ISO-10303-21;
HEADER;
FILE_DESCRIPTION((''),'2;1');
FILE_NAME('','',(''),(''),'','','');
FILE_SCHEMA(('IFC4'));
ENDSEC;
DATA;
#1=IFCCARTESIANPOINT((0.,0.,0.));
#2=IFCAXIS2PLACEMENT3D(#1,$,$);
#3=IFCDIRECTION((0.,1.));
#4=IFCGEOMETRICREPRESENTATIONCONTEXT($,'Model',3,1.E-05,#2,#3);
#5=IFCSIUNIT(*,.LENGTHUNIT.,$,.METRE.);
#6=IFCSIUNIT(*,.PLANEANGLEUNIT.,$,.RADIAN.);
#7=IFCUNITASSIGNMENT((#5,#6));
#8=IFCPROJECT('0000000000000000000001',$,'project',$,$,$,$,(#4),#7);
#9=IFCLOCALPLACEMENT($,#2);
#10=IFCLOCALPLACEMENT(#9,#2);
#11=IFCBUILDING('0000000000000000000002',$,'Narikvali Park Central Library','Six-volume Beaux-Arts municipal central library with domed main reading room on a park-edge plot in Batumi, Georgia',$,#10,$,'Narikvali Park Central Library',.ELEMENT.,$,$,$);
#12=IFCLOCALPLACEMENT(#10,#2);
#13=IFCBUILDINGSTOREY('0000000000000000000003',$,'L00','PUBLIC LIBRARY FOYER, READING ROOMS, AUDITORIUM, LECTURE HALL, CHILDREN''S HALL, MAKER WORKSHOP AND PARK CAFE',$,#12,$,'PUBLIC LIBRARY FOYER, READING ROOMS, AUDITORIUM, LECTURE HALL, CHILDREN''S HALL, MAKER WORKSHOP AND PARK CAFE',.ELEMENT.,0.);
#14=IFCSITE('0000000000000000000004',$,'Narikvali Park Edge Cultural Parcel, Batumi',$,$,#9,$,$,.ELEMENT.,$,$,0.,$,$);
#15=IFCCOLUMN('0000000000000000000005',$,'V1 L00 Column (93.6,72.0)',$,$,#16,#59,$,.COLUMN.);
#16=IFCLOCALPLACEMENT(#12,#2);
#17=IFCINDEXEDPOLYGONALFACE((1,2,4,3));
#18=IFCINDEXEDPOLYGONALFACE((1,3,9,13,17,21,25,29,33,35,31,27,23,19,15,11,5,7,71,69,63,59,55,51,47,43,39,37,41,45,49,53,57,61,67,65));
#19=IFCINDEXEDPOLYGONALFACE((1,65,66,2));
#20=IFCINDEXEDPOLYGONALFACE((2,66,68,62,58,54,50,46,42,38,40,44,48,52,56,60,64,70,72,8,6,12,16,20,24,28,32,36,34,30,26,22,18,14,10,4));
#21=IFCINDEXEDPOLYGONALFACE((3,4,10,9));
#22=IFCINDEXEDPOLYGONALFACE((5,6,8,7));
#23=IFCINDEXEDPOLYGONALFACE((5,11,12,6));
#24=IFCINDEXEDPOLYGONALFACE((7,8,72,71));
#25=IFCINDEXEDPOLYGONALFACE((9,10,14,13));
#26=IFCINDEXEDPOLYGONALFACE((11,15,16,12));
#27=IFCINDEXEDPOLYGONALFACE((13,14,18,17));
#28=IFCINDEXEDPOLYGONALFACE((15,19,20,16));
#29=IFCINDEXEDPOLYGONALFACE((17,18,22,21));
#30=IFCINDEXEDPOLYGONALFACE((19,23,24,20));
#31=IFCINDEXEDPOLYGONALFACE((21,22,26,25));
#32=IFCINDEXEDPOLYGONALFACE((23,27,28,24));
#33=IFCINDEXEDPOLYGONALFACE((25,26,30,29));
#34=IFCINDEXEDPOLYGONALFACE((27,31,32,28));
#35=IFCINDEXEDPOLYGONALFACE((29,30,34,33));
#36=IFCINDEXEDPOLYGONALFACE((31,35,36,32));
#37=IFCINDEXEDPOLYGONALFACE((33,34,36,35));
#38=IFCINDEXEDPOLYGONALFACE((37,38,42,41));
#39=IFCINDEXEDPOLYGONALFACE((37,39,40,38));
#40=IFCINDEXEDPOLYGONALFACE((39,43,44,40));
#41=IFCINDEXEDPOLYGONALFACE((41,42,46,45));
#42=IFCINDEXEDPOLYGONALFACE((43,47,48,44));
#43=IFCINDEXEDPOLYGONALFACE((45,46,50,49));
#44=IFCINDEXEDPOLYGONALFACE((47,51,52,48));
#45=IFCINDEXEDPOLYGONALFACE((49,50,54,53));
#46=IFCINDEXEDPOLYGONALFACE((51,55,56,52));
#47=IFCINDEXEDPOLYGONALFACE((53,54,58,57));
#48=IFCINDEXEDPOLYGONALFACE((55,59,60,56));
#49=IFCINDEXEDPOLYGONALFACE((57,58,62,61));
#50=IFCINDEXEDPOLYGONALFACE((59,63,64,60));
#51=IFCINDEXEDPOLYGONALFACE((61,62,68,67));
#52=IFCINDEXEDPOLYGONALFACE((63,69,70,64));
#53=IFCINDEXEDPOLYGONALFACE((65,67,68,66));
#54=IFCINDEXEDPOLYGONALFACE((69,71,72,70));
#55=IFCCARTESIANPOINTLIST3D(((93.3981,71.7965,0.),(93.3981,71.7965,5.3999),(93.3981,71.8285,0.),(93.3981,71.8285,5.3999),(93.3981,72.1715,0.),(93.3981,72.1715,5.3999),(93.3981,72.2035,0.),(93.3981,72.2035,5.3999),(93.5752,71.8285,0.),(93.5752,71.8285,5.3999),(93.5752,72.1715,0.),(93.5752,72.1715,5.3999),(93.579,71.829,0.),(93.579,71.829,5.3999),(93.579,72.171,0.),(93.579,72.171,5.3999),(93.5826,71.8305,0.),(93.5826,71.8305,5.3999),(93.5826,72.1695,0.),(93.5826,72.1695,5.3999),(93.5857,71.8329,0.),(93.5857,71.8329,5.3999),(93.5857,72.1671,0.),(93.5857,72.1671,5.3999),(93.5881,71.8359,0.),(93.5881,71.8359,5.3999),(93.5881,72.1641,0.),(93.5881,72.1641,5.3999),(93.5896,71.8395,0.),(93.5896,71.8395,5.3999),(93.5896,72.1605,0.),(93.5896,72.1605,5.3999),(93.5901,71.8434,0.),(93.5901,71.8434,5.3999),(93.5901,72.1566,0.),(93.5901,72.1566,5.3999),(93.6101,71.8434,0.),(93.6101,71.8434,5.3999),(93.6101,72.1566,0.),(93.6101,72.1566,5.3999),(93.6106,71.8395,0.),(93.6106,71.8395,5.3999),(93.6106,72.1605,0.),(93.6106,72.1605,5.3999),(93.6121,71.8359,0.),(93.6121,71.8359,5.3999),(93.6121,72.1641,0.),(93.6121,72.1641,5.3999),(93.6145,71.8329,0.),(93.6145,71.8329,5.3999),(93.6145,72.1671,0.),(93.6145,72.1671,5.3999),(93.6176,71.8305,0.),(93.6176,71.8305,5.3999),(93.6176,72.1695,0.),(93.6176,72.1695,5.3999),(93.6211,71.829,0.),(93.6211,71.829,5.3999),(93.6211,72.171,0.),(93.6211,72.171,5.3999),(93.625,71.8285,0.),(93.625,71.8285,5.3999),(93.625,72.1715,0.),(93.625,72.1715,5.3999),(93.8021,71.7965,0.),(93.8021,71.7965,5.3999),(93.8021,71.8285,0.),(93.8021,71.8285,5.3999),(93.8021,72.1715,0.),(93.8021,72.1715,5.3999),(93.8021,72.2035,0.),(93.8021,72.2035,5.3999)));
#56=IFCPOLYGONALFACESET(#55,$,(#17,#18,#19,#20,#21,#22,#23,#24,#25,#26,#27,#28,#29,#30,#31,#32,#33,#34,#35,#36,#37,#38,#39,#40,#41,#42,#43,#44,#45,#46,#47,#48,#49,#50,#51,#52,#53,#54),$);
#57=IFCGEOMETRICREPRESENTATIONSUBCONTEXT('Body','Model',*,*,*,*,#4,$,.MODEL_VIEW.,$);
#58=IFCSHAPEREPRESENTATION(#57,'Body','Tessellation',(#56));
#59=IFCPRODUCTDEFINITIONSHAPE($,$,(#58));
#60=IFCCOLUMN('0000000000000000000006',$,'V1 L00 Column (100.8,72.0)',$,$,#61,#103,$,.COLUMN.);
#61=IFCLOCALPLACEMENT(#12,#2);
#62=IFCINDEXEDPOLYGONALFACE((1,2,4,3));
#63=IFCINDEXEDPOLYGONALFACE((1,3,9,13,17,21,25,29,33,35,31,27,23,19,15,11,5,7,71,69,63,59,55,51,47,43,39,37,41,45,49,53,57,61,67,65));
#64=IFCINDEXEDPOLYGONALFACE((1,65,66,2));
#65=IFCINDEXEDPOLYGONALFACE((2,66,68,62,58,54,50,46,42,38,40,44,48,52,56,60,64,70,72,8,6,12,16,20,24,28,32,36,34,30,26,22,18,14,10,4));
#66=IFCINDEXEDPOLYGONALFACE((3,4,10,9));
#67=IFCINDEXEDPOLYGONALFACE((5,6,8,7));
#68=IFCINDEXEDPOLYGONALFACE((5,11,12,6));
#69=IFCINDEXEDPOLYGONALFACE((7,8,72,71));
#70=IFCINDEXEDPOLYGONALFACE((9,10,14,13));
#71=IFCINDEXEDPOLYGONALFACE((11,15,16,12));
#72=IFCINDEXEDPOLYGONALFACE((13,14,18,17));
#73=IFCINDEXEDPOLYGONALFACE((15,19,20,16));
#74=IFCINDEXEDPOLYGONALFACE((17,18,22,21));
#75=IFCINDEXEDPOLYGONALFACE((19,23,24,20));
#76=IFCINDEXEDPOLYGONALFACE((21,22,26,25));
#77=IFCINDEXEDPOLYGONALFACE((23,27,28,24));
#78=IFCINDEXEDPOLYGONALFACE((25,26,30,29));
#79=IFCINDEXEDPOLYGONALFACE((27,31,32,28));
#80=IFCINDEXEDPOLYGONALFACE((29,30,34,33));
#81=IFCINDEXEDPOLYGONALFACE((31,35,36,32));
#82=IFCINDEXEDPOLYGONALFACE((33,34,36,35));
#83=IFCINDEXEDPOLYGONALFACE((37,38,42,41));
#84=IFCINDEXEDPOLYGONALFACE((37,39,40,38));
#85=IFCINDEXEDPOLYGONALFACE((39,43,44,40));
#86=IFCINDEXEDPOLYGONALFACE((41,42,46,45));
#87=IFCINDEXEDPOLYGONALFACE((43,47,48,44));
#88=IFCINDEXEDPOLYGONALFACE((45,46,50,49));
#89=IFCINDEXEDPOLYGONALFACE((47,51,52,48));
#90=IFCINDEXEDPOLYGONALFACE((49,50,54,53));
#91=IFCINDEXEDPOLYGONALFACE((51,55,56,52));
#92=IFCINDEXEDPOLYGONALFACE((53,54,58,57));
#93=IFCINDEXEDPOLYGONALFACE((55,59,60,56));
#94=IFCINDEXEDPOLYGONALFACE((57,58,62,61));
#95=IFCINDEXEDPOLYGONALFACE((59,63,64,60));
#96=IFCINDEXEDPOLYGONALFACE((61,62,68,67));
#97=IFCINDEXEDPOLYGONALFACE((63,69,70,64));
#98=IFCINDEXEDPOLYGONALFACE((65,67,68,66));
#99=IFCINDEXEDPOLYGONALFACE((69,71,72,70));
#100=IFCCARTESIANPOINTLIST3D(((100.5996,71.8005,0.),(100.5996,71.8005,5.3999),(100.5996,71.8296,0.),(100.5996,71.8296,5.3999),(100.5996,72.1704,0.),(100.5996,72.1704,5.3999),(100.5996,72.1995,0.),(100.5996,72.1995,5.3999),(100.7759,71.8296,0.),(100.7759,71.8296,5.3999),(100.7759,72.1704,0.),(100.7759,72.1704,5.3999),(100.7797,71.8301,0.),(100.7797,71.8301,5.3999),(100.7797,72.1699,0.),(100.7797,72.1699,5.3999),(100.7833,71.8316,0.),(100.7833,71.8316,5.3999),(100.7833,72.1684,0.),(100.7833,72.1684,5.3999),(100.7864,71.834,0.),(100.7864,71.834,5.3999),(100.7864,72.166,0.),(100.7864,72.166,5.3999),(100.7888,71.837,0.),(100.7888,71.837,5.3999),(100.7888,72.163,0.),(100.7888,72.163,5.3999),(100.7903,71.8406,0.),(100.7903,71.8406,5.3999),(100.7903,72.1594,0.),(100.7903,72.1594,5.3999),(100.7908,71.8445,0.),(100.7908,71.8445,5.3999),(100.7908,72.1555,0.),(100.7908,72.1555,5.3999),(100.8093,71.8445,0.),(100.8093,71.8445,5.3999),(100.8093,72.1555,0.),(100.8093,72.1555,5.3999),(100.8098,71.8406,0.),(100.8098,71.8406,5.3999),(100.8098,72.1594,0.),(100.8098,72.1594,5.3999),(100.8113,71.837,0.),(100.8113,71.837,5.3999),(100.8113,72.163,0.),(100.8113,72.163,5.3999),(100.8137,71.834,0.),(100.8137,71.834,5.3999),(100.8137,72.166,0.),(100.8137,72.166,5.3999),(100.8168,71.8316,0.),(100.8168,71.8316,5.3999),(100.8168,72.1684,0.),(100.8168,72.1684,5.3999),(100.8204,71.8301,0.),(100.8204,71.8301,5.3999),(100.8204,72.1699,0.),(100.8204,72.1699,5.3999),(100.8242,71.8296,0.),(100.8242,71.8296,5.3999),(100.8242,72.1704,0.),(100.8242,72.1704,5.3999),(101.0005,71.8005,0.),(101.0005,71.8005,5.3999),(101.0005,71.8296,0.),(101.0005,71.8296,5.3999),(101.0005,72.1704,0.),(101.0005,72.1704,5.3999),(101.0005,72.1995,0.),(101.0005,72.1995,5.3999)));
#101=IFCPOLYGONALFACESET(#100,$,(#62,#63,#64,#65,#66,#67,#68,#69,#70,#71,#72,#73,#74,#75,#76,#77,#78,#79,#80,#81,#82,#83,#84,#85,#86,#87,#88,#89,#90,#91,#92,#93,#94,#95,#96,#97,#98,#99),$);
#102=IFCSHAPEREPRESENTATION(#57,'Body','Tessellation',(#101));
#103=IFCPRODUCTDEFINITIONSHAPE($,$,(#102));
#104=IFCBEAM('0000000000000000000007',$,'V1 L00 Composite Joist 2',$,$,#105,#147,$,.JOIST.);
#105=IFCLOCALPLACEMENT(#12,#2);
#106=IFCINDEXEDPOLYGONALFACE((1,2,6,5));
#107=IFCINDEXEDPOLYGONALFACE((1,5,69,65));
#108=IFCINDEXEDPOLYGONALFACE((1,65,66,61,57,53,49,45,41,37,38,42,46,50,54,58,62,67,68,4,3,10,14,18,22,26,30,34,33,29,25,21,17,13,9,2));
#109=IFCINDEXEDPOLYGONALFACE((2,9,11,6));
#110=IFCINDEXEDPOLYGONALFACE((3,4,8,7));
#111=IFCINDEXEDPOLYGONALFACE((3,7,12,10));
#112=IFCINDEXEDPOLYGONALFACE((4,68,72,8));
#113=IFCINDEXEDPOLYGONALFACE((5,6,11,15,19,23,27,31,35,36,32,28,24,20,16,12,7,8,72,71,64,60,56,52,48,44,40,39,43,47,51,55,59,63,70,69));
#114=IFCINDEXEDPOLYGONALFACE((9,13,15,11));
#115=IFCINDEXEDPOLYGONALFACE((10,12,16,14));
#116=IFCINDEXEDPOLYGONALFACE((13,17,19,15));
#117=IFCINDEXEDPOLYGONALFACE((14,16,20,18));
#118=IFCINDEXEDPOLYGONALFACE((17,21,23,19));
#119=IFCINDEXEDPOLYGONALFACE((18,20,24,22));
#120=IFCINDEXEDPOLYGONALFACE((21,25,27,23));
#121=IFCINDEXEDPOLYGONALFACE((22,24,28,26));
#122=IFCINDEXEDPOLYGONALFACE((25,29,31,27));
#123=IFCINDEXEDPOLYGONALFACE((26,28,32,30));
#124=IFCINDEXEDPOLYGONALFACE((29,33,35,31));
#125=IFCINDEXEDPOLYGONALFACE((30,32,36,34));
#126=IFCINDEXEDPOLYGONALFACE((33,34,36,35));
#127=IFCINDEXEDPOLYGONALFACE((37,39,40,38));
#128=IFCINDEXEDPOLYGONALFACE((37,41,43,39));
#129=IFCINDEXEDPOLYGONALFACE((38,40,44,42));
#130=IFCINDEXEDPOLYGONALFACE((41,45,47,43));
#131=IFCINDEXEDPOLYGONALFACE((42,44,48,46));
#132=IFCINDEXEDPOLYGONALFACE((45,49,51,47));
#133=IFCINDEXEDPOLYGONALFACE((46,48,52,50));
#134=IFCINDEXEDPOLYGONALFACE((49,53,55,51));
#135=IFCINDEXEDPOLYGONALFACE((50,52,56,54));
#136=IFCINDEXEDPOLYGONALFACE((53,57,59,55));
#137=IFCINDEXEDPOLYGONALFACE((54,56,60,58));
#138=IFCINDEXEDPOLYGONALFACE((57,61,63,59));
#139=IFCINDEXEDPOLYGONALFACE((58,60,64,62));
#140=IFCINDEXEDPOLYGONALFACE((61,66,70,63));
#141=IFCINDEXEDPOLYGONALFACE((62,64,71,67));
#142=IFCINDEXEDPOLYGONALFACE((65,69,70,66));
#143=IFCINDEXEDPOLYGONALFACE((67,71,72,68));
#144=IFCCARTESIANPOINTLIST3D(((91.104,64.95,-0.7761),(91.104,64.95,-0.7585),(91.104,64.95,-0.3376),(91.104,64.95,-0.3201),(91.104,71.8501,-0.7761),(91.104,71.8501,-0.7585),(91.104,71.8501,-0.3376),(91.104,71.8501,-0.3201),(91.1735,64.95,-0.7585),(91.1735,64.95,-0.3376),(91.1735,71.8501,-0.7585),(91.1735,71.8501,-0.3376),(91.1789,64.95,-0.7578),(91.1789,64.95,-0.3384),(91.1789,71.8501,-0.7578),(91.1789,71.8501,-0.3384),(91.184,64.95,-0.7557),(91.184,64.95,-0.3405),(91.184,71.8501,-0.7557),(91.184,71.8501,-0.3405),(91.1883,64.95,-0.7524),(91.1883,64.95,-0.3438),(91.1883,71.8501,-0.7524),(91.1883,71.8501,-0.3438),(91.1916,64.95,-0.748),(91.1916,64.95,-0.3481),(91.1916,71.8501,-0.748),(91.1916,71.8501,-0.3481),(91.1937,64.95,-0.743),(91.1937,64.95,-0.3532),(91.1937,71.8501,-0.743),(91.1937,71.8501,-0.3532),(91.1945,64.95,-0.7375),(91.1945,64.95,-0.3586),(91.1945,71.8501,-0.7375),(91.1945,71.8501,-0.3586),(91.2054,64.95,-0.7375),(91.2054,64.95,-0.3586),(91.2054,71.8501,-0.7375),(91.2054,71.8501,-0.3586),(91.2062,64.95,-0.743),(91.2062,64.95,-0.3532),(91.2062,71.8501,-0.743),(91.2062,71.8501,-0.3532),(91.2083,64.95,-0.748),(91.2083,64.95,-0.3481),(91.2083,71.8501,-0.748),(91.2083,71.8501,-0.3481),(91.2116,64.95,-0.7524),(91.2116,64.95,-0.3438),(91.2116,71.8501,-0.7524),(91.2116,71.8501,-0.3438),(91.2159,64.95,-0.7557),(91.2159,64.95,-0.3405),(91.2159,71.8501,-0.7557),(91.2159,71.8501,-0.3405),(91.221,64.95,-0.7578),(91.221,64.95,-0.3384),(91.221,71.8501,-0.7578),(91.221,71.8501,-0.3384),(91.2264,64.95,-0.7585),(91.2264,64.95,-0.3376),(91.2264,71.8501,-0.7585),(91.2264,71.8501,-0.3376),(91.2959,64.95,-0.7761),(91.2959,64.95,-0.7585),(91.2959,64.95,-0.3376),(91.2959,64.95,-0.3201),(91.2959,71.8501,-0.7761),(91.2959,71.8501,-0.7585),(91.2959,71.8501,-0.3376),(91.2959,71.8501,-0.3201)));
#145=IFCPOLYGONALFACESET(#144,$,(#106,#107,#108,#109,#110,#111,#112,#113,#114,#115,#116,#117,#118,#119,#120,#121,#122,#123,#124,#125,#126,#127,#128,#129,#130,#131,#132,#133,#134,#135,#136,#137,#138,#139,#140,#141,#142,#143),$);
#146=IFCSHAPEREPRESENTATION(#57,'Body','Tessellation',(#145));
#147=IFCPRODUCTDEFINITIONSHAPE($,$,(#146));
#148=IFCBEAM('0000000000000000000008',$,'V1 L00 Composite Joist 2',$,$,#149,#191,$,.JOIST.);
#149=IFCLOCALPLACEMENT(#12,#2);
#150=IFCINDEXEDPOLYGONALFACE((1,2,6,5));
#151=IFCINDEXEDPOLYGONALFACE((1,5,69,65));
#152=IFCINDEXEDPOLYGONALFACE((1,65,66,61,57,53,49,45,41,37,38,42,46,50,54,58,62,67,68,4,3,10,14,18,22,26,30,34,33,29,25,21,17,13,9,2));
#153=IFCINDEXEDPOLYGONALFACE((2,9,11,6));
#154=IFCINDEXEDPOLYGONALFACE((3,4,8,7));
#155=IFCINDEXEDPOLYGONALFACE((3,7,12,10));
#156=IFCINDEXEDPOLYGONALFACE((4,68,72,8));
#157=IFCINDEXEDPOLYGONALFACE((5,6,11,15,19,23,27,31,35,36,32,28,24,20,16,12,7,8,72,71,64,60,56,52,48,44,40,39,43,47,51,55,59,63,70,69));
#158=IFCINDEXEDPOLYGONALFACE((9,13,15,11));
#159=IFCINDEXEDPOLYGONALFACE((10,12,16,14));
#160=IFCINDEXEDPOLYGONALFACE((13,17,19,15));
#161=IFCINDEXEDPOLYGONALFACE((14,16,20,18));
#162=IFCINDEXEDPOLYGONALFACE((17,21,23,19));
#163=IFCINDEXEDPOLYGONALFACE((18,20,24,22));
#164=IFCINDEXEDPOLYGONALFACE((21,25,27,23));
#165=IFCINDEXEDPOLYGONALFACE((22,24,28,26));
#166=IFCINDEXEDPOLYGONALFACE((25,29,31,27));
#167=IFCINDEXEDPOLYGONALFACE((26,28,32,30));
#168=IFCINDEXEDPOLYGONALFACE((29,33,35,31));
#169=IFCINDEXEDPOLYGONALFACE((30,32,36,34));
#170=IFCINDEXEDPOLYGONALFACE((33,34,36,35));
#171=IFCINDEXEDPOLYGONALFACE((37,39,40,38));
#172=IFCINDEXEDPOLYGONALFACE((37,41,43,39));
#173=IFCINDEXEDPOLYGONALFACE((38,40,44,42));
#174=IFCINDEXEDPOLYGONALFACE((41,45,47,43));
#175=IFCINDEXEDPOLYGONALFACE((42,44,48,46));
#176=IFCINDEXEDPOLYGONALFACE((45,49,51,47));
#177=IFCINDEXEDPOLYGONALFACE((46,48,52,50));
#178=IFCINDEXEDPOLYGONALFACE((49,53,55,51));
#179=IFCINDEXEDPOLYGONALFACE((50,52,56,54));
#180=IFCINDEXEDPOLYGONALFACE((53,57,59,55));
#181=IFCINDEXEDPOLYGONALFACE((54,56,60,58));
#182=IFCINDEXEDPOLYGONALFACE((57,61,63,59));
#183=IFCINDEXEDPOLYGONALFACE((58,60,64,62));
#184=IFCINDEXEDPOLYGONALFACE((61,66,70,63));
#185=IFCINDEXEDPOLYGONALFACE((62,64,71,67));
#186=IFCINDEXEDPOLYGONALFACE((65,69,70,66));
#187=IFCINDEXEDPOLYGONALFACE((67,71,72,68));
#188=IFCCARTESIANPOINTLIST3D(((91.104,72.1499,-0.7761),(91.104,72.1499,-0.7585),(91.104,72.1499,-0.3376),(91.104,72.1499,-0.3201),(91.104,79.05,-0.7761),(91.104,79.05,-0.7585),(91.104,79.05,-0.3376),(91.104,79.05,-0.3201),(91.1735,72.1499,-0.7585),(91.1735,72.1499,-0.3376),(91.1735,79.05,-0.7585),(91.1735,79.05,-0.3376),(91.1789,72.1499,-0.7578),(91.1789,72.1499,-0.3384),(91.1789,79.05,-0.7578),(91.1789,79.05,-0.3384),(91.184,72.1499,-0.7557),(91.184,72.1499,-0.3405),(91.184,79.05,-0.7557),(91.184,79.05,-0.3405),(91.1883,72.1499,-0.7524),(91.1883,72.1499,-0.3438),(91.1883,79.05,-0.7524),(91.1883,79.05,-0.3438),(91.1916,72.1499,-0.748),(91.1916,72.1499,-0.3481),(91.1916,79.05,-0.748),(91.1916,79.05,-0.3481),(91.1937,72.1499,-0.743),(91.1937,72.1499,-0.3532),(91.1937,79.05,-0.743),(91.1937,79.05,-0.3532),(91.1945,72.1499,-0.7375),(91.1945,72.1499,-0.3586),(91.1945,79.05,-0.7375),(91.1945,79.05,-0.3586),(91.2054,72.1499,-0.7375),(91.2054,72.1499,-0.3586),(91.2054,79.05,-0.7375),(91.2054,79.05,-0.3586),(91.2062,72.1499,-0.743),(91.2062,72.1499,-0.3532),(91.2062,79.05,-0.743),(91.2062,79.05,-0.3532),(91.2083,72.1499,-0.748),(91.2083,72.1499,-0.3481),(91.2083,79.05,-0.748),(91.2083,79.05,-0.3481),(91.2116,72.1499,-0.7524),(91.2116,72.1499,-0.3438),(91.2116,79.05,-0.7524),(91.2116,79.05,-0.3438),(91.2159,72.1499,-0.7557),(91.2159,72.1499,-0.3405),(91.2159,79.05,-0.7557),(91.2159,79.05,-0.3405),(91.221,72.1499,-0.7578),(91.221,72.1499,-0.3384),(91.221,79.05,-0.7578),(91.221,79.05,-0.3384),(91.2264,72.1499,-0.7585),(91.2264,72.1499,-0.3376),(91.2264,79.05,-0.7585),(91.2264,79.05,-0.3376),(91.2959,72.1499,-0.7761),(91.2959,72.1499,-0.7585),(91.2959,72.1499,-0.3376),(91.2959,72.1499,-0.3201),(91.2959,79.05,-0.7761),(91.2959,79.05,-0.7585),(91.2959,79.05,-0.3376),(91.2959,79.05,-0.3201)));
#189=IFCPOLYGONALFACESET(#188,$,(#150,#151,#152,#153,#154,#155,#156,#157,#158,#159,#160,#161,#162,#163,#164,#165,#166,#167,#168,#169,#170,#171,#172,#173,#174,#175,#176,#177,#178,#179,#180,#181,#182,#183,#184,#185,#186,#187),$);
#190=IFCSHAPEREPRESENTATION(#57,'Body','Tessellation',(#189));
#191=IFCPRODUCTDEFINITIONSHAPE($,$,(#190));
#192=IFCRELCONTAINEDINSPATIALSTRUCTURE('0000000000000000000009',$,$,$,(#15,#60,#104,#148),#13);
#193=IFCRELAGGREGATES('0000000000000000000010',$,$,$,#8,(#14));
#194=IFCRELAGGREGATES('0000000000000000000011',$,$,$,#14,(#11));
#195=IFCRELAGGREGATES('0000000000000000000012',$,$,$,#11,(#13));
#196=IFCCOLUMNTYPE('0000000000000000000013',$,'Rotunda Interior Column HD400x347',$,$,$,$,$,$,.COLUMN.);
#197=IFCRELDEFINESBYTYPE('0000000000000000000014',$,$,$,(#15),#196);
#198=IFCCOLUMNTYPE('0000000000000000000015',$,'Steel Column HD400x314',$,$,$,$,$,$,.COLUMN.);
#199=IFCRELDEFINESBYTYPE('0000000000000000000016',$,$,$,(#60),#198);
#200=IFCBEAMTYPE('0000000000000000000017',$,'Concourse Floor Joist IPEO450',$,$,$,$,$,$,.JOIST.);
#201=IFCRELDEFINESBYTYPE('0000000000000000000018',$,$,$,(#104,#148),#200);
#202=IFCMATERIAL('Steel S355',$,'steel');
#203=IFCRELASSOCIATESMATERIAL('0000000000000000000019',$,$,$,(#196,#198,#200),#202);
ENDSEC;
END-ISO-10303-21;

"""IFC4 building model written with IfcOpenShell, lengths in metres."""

from ifc_helpers import new_model, si_unit, direction, frame, origin, origin_2d, place, context, subcontext, project, spatial, i_section, extrude, material, material_profile, profile_set, type_object, element, save


model = new_model("IFC4")

# Units and contexts
model_context = context("Model", 3, precision=1e-05, world=origin(), true_north=direction((0.0, 1.0)))
body_context = subcontext(model_context, "Body", "Model", "MODEL_VIEW")
ifc_project = project(units=[si_unit("LENGTHUNIT", "METRE"), si_unit("PLANEANGLEUNIT", "RADIAN")], contexts=[model_context])

# Site, building, storey
site_placement = place(None, origin())
site = spatial("IfcSite", under=ifc_project, at=site_placement, Name="Narikvali Park Edge Cultural Parcel, Batumi", CompositionType="ELEMENT", RefElevation=0.0)
building_placement = place(site_placement, origin())
building = spatial("IfcBuilding", under=site, at=building_placement, Name="Narikvali Park Central Library", Description="Six-volume Beaux-Arts municipal central library with domed main reading room on a park-edge plot in Batumi, Georgia", LongName="Narikvali Park Central Library", CompositionType="ELEMENT")
storey_placement = place(building_placement, origin())
storey = spatial("IfcBuildingStorey", under=building, at=storey_placement, Name="L00", Description="PUBLIC LIBRARY FOYER, READING ROOMS, AUDITORIUM, LECTURE HALL, CHILDREN'S HALL, MAKER WORKSHOP AND PARK CAFE", LongName="PUBLIC LIBRARY FOYER, READING ROOMS, AUDITORIUM, LECTURE HALL, CHILDREN'S HALL, MAKER WORKSHOP AND PARK CAFE", CompositionType="ELEMENT", Elevation=0.0)

# Columns
ifc_material_1 = material(Name="Steel S355", Category="steel")
ifc_material_profile_1 = material_profile(ifc_material_1, i_section(OverallWidth=0.4041, OverallDepth=0.407, WebThickness=0.02, FlangeThickness=0.032, FilletRadius=0.0149, at=origin_2d()), Name="HD 400x347")
ifc_profile_set_1 = profile_set([ifc_material_profile_1], Name="Steel S355")
column_type_1 = type_object("IfcColumnType", Name="Rotunda Interior Column HD400x347", PredefinedType="COLUMN", material=ifc_profile_set_1)
column_1_placement = place(storey_placement, frame((93.6001, 72.0, 0.0), z_axis=(0.0, 0.0, 1.0), x_axis=(1.0, 0.0, 0.0)))
element("IfcColumn", 1, at=column_1_placement, inside=storey, type_object=column_type_1, Name="V1 L00 Column (93.6,72.0)", PredefinedType="COLUMN", context=body_context, shape_type="SweptSolid", body=[
    extrude(i_section(OverallWidth=0.4041, OverallDepth=0.407, WebThickness=0.02, FlangeThickness=0.032, FilletRadius=0.0149, at=origin_2d()), origin(), (0.0, 0.0, 1.0), 5.3999),
])
ifc_material_profile_2 = material_profile(ifc_material_1, i_section(OverallWidth=0.4009, OverallDepth=0.3989, WebThickness=0.0186, FlangeThickness=0.0291, FilletRadius=0.0149, at=origin_2d()), Name="HD 400x314")
ifc_profile_set_2 = profile_set([ifc_material_profile_2], Name="Steel S355")
column_type_2 = type_object("IfcColumnType", Name="Steel Column HD400x314", PredefinedType="COLUMN", material=ifc_profile_set_2)
column_2_placement = place(storey_placement, frame((100.8, 72.0, 0.0), z_axis=(0.0, 0.0, 1.0), x_axis=(1.0, 0.0, 0.0)))
element("IfcColumn", 2, at=column_2_placement, inside=storey, type_object=column_type_2, Name="V1 L00 Column (100.8,72.0)", PredefinedType="COLUMN", context=body_context, shape_type="SweptSolid", body=[
    extrude(i_section(OverallWidth=0.4009, OverallDepth=0.3989, WebThickness=0.0186, FlangeThickness=0.0291, FilletRadius=0.0149, at=origin_2d()), origin(), (0.0, 0.0, 1.0), 5.3999),
])

# Beams
ifc_material_profile_3 = material_profile(ifc_material_1, i_section(OverallWidth=0.1919, OverallDepth=0.4561, WebThickness=0.011, FlangeThickness=0.0176, FilletRadius=0.021, at=origin_2d()), Name="IPEO 450")
ifc_profile_set_3 = profile_set([ifc_material_profile_3], Name="Steel S355")
beam_type_1 = type_object("IfcBeamType", Name="Concourse Floor Joist IPEO450", PredefinedType="JOIST", material=ifc_profile_set_3)
for number, where, z_axis, x_axis, name in (
    (3, (91.2, 64.95, -0.5481), (0.0, 1.0, 0.0), (-1.0, 0.0, 0.0), "V1 L00 Composite Joist 2"),
    (4, (91.2, 72.1499, -0.5481), (0.0, 1.0, 0.0), (-1.0, 0.0, 0.0), "V1 L00 Composite Joist 2"),
):
    element("IfcBeam", number, at=place(storey_placement, frame(where, z_axis=z_axis, x_axis=x_axis)), inside=storey, type_object=beam_type_1, Name=name, PredefinedType="JOIST", context=body_context, shape_type="SweptSolid", body=[
        extrude(i_section(OverallWidth=0.1919, OverallDepth=0.4561, WebThickness=0.011, FlangeThickness=0.0176, FilletRadius=0.021, at=origin_2d()), origin(), (0.0, 0.0, 1.0), 6.9001),
    ])

save(model, "model.ifc")
